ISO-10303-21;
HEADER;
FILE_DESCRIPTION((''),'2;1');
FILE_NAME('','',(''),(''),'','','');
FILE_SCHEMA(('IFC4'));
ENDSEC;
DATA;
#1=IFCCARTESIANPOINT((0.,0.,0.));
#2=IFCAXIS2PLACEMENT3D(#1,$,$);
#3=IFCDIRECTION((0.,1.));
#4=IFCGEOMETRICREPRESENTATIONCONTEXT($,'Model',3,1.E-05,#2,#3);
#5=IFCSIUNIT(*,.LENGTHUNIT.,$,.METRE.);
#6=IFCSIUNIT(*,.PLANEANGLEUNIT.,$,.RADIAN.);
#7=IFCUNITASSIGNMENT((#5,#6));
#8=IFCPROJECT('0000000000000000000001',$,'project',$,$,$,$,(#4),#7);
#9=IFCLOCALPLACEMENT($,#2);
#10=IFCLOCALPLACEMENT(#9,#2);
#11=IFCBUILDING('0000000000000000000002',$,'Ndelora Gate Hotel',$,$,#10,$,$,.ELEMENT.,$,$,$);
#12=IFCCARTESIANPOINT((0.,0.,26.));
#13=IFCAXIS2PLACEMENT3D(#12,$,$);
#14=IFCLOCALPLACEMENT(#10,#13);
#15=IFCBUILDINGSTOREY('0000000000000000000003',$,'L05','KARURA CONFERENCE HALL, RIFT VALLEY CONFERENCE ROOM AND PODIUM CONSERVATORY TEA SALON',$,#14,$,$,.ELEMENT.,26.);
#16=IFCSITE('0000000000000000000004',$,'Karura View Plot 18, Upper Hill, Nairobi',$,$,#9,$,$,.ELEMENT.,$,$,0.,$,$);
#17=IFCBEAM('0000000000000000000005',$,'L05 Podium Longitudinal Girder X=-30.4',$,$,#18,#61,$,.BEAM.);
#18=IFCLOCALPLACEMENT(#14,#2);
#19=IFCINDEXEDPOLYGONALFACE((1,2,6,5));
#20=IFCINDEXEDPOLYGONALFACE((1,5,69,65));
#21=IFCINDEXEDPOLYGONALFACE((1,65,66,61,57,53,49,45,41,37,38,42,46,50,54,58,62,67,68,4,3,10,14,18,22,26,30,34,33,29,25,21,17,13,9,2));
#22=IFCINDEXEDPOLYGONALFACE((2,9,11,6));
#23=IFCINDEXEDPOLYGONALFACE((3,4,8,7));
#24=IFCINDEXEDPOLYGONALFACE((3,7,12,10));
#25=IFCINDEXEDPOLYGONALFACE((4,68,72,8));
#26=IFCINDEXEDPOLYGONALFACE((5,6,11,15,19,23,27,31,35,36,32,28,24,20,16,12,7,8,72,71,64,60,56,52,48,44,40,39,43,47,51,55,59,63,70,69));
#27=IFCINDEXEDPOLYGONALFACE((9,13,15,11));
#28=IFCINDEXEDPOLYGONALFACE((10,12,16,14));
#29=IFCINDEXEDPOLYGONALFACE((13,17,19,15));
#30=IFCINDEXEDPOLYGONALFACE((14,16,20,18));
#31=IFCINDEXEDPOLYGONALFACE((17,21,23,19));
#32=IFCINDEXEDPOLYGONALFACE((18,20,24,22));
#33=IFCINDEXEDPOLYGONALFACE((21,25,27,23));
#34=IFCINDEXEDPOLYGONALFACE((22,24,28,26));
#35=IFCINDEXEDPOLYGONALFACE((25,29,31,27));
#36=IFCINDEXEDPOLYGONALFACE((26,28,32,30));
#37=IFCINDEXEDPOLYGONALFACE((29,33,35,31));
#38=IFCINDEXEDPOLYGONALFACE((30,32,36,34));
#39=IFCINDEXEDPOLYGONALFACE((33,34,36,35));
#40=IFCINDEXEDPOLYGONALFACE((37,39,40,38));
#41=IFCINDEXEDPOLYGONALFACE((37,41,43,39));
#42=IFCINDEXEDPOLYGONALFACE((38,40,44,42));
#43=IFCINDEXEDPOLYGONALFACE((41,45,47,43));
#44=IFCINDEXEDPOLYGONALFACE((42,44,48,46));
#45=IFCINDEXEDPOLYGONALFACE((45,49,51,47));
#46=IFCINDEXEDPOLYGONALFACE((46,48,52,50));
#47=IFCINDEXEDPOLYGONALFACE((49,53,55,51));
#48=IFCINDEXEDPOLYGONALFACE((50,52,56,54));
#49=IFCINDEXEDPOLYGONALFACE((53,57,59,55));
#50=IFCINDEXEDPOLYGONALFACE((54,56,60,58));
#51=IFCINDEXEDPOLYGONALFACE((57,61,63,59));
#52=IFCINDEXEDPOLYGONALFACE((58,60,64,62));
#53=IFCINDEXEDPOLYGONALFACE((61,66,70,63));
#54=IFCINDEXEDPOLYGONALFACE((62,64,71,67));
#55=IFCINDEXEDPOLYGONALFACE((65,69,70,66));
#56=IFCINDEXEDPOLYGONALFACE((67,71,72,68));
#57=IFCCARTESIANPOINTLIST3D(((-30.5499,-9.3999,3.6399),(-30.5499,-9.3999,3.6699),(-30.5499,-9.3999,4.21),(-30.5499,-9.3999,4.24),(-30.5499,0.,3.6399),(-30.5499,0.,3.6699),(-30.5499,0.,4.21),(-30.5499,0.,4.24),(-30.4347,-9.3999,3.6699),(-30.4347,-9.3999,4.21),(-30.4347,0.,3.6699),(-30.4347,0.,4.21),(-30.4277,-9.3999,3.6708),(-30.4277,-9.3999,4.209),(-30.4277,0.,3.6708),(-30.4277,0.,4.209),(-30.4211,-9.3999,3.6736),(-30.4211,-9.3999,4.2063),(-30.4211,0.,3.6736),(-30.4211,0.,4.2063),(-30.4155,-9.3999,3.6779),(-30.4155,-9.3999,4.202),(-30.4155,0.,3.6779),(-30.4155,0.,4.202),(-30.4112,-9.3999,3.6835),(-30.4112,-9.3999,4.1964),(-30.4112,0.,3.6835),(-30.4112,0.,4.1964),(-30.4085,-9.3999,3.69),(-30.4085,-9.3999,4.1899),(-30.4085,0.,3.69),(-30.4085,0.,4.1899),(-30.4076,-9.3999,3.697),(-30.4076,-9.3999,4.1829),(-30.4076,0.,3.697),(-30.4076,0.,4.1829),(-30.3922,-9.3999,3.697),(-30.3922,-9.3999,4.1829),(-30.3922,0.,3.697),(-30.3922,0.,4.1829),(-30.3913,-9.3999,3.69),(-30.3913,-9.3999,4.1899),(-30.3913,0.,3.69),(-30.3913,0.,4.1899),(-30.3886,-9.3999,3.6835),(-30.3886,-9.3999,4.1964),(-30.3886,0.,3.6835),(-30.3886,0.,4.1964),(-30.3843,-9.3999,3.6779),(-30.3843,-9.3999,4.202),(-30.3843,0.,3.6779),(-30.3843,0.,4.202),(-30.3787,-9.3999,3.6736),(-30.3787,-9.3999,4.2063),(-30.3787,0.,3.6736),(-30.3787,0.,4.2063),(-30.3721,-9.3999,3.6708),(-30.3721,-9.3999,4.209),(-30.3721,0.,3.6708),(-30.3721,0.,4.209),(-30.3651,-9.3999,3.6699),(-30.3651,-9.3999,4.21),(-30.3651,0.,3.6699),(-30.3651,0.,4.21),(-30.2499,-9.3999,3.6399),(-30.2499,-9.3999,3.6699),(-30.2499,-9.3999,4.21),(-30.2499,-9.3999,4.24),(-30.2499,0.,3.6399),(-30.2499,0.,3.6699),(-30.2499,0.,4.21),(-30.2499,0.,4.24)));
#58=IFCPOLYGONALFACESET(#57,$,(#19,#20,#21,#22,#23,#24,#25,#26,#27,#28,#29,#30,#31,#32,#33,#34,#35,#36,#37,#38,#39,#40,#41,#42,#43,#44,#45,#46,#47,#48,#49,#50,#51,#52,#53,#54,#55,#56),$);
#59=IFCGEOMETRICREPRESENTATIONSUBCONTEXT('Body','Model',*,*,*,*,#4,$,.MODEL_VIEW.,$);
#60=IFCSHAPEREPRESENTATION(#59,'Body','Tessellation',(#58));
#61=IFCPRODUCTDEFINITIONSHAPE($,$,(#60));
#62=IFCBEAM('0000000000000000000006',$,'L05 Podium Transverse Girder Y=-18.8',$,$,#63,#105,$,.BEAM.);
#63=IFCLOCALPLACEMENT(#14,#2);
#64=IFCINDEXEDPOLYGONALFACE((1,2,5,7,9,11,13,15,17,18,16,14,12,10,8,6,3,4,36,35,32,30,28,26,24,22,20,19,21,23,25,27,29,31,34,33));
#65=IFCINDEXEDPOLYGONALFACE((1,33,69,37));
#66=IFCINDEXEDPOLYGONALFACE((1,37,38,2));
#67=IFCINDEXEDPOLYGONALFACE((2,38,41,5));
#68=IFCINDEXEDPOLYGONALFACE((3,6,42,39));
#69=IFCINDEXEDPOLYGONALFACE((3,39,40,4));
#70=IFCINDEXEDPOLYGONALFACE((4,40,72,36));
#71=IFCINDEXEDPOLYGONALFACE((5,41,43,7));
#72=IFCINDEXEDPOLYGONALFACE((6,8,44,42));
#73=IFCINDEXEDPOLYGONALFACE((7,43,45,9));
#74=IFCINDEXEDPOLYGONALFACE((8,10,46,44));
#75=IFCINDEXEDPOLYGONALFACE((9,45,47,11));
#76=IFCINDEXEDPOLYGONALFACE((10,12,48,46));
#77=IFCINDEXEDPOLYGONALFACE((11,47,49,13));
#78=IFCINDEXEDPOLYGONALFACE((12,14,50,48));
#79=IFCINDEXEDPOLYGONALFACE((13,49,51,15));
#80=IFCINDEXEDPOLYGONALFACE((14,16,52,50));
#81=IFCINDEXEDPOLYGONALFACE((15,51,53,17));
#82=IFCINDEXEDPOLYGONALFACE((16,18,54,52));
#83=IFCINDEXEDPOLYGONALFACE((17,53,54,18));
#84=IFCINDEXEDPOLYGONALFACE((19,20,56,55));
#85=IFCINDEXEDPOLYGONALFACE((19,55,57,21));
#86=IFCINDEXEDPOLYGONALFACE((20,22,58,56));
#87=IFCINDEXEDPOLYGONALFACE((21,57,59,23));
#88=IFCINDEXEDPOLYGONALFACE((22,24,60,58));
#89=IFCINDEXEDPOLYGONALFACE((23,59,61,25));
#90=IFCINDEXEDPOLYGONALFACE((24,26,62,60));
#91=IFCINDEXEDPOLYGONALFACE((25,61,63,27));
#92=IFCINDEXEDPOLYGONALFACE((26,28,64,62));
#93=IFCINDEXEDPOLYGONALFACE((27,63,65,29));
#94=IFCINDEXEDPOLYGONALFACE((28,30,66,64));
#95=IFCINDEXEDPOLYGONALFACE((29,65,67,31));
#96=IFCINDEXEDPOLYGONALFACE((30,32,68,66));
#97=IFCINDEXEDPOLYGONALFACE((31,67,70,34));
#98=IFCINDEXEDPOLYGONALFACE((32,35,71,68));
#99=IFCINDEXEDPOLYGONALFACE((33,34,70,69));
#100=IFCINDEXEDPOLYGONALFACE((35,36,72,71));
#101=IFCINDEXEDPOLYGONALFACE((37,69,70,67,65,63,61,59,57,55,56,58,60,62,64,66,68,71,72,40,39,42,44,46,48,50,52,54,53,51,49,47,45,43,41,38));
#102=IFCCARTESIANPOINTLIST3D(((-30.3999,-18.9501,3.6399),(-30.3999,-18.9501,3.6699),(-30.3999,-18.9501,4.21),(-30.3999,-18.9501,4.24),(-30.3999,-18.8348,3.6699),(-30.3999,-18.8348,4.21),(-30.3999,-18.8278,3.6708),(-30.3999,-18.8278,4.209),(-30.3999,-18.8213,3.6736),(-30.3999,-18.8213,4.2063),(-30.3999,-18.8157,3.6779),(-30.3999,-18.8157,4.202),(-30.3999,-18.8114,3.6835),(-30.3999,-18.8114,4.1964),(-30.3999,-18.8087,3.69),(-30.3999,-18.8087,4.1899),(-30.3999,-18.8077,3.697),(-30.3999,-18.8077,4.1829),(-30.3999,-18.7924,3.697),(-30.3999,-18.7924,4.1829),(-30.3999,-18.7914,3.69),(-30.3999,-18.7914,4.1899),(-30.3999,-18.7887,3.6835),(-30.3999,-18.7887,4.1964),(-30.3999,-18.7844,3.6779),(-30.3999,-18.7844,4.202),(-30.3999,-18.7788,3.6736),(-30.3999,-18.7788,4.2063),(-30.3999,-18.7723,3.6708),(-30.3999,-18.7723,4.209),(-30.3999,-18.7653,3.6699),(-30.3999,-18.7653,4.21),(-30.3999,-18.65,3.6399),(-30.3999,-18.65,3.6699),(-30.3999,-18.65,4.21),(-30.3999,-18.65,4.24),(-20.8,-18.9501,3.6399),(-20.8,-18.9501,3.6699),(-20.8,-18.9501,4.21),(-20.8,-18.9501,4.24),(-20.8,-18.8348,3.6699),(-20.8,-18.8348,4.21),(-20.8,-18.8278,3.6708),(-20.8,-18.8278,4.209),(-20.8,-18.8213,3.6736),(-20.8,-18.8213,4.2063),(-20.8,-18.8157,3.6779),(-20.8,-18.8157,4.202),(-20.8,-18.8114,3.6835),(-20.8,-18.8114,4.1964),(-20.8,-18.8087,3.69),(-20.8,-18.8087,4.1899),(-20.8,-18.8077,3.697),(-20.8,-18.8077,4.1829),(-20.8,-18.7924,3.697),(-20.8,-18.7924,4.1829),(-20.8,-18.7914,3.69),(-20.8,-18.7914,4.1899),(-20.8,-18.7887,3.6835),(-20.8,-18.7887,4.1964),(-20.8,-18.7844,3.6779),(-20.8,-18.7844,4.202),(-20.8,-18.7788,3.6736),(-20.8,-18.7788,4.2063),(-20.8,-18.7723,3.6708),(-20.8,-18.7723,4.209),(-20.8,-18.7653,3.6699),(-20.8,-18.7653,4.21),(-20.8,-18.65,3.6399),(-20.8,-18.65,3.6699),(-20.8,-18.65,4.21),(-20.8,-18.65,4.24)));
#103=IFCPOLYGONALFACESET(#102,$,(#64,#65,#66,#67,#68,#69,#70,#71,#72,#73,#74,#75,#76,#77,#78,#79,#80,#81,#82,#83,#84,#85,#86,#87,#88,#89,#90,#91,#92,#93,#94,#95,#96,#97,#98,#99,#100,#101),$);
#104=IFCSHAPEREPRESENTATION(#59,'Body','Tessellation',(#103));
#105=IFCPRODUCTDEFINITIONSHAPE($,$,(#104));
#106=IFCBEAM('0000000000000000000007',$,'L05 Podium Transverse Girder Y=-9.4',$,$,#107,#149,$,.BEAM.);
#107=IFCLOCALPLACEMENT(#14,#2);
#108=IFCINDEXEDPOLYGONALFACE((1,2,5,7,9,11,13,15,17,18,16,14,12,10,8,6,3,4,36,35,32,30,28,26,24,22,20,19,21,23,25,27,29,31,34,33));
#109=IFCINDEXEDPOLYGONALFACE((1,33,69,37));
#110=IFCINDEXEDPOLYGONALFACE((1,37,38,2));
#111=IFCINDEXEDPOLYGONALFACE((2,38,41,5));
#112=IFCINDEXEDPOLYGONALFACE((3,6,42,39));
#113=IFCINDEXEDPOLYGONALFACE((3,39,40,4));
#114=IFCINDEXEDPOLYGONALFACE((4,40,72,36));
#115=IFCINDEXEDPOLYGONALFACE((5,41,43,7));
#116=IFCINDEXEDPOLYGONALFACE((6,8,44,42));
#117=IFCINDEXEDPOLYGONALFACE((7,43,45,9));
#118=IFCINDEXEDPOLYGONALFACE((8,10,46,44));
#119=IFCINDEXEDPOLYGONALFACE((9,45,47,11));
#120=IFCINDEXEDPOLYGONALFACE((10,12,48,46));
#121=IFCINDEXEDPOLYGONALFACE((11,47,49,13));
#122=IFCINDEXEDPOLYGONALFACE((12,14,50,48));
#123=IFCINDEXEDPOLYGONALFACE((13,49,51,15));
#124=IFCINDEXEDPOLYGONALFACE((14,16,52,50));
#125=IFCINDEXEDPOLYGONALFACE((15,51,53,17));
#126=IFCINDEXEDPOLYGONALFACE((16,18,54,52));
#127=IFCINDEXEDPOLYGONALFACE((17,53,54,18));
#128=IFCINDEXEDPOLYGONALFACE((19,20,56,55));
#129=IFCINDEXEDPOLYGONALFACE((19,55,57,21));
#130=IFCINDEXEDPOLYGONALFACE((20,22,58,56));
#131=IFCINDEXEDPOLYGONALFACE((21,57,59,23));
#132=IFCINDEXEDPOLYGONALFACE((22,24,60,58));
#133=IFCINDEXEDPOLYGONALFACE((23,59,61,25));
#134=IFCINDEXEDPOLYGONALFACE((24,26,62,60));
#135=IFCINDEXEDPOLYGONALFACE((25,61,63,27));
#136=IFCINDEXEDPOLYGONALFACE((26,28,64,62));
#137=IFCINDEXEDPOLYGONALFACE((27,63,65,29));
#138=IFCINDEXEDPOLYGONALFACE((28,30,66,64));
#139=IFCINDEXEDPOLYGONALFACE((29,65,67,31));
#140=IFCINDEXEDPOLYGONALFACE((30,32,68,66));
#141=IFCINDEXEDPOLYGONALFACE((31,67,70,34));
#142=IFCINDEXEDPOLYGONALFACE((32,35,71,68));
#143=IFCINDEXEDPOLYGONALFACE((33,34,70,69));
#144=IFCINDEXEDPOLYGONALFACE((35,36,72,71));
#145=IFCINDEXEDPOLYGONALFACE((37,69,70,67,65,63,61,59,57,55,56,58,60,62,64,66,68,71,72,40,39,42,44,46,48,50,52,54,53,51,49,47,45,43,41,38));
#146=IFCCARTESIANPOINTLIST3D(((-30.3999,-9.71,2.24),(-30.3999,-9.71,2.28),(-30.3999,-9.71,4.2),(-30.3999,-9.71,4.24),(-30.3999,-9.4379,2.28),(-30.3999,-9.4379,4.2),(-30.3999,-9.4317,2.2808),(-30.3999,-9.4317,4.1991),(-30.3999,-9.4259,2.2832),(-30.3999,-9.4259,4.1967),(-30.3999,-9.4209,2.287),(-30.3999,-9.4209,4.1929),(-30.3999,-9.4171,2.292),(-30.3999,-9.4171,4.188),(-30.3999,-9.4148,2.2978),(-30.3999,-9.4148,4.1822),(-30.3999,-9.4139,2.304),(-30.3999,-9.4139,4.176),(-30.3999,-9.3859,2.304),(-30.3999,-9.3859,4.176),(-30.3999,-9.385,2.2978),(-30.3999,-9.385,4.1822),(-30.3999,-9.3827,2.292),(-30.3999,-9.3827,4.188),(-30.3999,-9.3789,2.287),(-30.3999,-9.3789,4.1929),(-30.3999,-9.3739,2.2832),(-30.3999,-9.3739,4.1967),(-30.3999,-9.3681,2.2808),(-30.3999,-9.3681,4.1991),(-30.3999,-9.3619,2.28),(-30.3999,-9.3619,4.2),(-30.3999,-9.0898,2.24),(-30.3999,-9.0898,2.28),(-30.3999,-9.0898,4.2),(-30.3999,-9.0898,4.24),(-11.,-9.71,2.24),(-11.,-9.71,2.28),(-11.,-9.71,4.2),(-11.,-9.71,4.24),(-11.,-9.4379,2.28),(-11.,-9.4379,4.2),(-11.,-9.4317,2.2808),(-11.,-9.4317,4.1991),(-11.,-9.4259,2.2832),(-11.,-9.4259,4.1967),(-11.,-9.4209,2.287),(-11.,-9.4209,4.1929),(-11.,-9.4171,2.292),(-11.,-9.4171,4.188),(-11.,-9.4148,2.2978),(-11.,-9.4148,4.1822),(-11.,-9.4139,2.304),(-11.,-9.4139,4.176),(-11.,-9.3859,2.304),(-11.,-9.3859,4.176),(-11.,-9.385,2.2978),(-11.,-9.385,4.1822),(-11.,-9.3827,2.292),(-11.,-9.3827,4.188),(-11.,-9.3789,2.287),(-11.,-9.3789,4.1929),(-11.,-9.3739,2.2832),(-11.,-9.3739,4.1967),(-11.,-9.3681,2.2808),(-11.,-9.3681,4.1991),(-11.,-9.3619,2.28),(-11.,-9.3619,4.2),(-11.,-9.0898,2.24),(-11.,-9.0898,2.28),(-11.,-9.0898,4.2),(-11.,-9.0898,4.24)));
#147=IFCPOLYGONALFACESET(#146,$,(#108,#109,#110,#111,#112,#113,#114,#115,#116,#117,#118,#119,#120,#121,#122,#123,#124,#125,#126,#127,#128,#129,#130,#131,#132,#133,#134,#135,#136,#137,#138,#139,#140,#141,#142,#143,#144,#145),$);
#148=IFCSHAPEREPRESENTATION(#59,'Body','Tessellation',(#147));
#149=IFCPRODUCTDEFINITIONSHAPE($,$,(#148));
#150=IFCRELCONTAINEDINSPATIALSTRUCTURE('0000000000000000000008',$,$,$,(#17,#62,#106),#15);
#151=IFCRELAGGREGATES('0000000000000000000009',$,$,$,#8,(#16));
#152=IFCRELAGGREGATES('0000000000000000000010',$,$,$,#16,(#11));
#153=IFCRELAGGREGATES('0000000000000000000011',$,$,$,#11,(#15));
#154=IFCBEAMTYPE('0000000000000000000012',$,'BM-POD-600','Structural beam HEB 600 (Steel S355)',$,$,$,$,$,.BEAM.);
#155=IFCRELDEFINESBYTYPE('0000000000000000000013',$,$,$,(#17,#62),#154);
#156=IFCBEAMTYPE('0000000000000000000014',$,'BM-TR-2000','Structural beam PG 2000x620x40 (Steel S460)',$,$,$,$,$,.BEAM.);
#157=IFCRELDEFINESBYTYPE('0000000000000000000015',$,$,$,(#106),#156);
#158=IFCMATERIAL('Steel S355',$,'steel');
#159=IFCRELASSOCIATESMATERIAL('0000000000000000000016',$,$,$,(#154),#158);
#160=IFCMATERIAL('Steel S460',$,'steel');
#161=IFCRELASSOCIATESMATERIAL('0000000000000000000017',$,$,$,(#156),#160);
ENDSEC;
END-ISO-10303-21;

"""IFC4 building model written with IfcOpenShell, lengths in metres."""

from ifc_helpers import new_model, si_unit, direction, frame, origin, origin_2d, place, context, subcontext, project, spatial, i_section, extrude, material, material_profile, profile_set, type_object, element, save


model = new_model("IFC4")

# Units and contexts
model_context = context("Model", 3, precision=1e-05, world=origin(), true_north=direction((0.0, 1.0)))
body_context = subcontext(model_context, "Body", "Model", "MODEL_VIEW")
ifc_project = project(units=[si_unit("LENGTHUNIT", "METRE"), si_unit("PLANEANGLEUNIT", "RADIAN")], contexts=[model_context])

# Site, building, storey
site_placement = place(None, origin())
site = spatial("IfcSite", under=ifc_project, at=site_placement, Name="Karura View Plot 18, Upper Hill, Nairobi", CompositionType="ELEMENT", RefElevation=0.0)
building_placement = place(site_placement, origin())
building = spatial("IfcBuilding", under=site, at=building_placement, Name="Ndelora Gate Hotel", CompositionType="ELEMENT")
storey_placement = place(building_placement, frame((0.0, 0.0, 26.0)))
storey = spatial("IfcBuildingStorey", under=building, at=storey_placement, Name="L05", Description="KARURA CONFERENCE HALL, RIFT VALLEY CONFERENCE ROOM AND PODIUM CONSERVATORY TEA SALON", CompositionType="ELEMENT", Elevation=26.0)

# Beams
ifc_material_1 = material(Name="Steel S460", Category="steel")
ifc_material_2 = material(Name="Steel S355", Category="steel")
ifc_material_profile_1 = material_profile(ifc_material_2, i_section(OverallWidth=0.3, OverallDepth=0.6001, WebThickness=0.0154, FlangeThickness=0.03, FilletRadius=0.0271, at=origin_2d()), Name="HEB 600")
ifc_profile_set_1 = profile_set([ifc_material_profile_1], Name="Steel S355")
beam_type_1 = type_object("IfcBeamType", Name="BM-POD-600", Description="Structural beam HEB 600 (Steel S355)", PredefinedType="BEAM", material=ifc_profile_set_1)
beam_1_placement = place(storey_placement, frame((-30.3999, -9.3999, 3.9399), z_axis=(0.0, 1.0, 0.0), x_axis=(-1.0, 0.0, 0.0)))
element("IfcBeam", 1, at=beam_1_placement, inside=storey, type_object=beam_type_1, Name="L05 Podium Longitudinal Girder X=-30.4", PredefinedType="BEAM", context=body_context, shape_type="SweptSolid", body=[
    extrude(i_section(OverallWidth=0.3, OverallDepth=0.6001, WebThickness=0.0154, FlangeThickness=0.03, FilletRadius=0.0271, at=origin_2d()), origin(), (0.0, 0.0, 1.0), 9.3999),
])
beam_2_placement = place(storey_placement, frame((-30.3999, -18.8, 3.9399), z_axis=(1.0, 0.0, 0.0), x_axis=(0.0, 1.0, 0.0)))
element("IfcBeam", 2, at=beam_2_placement, inside=storey, type_object=beam_type_1, Name="L05 Podium Transverse Girder Y=-18.8", PredefinedType="BEAM", context=body_context, shape_type="SweptSolid", body=[
    extrude(i_section(OverallWidth=0.3, OverallDepth=0.6001, WebThickness=0.0154, FlangeThickness=0.03, FilletRadius=0.0271, at=origin_2d()), origin(), (0.0, 0.0, 1.0), 9.5999),
])
ifc_material_profile_2 = material_profile(ifc_material_1, i_section(OverallWidth=0.6201, OverallDepth=2.0, WebThickness=0.0281, FlangeThickness=0.04, FilletRadius=0.0239, at=origin_2d()), Name="PG 2000x620x40")
ifc_profile_set_2 = profile_set([ifc_material_profile_2], Name="Steel S460")
beam_type_2 = type_object("IfcBeamType", Name="BM-TR-2000", Description="Structural beam PG 2000x620x40 (Steel S460)", PredefinedType="BEAM", material=ifc_profile_set_2)
beam_3_placement = place(storey_placement, frame((-30.3999, -9.3999, 3.24), z_axis=(1.0, 0.0, 0.0), x_axis=(0.0, 1.0, 0.0)))
element("IfcBeam", 3, at=beam_3_placement, inside=storey, type_object=beam_type_2, Name="L05 Podium Transverse Girder Y=-9.4", PredefinedType="BEAM", context=body_context, shape_type="SweptSolid", body=[
    extrude(i_section(OverallWidth=0.6201, OverallDepth=2.0, WebThickness=0.0281, FlangeThickness=0.04, FilletRadius=0.0239, at=origin_2d()), origin(), (0.0, 0.0, 1.0), 19.3999),
])

save(model, "model.ifc")
